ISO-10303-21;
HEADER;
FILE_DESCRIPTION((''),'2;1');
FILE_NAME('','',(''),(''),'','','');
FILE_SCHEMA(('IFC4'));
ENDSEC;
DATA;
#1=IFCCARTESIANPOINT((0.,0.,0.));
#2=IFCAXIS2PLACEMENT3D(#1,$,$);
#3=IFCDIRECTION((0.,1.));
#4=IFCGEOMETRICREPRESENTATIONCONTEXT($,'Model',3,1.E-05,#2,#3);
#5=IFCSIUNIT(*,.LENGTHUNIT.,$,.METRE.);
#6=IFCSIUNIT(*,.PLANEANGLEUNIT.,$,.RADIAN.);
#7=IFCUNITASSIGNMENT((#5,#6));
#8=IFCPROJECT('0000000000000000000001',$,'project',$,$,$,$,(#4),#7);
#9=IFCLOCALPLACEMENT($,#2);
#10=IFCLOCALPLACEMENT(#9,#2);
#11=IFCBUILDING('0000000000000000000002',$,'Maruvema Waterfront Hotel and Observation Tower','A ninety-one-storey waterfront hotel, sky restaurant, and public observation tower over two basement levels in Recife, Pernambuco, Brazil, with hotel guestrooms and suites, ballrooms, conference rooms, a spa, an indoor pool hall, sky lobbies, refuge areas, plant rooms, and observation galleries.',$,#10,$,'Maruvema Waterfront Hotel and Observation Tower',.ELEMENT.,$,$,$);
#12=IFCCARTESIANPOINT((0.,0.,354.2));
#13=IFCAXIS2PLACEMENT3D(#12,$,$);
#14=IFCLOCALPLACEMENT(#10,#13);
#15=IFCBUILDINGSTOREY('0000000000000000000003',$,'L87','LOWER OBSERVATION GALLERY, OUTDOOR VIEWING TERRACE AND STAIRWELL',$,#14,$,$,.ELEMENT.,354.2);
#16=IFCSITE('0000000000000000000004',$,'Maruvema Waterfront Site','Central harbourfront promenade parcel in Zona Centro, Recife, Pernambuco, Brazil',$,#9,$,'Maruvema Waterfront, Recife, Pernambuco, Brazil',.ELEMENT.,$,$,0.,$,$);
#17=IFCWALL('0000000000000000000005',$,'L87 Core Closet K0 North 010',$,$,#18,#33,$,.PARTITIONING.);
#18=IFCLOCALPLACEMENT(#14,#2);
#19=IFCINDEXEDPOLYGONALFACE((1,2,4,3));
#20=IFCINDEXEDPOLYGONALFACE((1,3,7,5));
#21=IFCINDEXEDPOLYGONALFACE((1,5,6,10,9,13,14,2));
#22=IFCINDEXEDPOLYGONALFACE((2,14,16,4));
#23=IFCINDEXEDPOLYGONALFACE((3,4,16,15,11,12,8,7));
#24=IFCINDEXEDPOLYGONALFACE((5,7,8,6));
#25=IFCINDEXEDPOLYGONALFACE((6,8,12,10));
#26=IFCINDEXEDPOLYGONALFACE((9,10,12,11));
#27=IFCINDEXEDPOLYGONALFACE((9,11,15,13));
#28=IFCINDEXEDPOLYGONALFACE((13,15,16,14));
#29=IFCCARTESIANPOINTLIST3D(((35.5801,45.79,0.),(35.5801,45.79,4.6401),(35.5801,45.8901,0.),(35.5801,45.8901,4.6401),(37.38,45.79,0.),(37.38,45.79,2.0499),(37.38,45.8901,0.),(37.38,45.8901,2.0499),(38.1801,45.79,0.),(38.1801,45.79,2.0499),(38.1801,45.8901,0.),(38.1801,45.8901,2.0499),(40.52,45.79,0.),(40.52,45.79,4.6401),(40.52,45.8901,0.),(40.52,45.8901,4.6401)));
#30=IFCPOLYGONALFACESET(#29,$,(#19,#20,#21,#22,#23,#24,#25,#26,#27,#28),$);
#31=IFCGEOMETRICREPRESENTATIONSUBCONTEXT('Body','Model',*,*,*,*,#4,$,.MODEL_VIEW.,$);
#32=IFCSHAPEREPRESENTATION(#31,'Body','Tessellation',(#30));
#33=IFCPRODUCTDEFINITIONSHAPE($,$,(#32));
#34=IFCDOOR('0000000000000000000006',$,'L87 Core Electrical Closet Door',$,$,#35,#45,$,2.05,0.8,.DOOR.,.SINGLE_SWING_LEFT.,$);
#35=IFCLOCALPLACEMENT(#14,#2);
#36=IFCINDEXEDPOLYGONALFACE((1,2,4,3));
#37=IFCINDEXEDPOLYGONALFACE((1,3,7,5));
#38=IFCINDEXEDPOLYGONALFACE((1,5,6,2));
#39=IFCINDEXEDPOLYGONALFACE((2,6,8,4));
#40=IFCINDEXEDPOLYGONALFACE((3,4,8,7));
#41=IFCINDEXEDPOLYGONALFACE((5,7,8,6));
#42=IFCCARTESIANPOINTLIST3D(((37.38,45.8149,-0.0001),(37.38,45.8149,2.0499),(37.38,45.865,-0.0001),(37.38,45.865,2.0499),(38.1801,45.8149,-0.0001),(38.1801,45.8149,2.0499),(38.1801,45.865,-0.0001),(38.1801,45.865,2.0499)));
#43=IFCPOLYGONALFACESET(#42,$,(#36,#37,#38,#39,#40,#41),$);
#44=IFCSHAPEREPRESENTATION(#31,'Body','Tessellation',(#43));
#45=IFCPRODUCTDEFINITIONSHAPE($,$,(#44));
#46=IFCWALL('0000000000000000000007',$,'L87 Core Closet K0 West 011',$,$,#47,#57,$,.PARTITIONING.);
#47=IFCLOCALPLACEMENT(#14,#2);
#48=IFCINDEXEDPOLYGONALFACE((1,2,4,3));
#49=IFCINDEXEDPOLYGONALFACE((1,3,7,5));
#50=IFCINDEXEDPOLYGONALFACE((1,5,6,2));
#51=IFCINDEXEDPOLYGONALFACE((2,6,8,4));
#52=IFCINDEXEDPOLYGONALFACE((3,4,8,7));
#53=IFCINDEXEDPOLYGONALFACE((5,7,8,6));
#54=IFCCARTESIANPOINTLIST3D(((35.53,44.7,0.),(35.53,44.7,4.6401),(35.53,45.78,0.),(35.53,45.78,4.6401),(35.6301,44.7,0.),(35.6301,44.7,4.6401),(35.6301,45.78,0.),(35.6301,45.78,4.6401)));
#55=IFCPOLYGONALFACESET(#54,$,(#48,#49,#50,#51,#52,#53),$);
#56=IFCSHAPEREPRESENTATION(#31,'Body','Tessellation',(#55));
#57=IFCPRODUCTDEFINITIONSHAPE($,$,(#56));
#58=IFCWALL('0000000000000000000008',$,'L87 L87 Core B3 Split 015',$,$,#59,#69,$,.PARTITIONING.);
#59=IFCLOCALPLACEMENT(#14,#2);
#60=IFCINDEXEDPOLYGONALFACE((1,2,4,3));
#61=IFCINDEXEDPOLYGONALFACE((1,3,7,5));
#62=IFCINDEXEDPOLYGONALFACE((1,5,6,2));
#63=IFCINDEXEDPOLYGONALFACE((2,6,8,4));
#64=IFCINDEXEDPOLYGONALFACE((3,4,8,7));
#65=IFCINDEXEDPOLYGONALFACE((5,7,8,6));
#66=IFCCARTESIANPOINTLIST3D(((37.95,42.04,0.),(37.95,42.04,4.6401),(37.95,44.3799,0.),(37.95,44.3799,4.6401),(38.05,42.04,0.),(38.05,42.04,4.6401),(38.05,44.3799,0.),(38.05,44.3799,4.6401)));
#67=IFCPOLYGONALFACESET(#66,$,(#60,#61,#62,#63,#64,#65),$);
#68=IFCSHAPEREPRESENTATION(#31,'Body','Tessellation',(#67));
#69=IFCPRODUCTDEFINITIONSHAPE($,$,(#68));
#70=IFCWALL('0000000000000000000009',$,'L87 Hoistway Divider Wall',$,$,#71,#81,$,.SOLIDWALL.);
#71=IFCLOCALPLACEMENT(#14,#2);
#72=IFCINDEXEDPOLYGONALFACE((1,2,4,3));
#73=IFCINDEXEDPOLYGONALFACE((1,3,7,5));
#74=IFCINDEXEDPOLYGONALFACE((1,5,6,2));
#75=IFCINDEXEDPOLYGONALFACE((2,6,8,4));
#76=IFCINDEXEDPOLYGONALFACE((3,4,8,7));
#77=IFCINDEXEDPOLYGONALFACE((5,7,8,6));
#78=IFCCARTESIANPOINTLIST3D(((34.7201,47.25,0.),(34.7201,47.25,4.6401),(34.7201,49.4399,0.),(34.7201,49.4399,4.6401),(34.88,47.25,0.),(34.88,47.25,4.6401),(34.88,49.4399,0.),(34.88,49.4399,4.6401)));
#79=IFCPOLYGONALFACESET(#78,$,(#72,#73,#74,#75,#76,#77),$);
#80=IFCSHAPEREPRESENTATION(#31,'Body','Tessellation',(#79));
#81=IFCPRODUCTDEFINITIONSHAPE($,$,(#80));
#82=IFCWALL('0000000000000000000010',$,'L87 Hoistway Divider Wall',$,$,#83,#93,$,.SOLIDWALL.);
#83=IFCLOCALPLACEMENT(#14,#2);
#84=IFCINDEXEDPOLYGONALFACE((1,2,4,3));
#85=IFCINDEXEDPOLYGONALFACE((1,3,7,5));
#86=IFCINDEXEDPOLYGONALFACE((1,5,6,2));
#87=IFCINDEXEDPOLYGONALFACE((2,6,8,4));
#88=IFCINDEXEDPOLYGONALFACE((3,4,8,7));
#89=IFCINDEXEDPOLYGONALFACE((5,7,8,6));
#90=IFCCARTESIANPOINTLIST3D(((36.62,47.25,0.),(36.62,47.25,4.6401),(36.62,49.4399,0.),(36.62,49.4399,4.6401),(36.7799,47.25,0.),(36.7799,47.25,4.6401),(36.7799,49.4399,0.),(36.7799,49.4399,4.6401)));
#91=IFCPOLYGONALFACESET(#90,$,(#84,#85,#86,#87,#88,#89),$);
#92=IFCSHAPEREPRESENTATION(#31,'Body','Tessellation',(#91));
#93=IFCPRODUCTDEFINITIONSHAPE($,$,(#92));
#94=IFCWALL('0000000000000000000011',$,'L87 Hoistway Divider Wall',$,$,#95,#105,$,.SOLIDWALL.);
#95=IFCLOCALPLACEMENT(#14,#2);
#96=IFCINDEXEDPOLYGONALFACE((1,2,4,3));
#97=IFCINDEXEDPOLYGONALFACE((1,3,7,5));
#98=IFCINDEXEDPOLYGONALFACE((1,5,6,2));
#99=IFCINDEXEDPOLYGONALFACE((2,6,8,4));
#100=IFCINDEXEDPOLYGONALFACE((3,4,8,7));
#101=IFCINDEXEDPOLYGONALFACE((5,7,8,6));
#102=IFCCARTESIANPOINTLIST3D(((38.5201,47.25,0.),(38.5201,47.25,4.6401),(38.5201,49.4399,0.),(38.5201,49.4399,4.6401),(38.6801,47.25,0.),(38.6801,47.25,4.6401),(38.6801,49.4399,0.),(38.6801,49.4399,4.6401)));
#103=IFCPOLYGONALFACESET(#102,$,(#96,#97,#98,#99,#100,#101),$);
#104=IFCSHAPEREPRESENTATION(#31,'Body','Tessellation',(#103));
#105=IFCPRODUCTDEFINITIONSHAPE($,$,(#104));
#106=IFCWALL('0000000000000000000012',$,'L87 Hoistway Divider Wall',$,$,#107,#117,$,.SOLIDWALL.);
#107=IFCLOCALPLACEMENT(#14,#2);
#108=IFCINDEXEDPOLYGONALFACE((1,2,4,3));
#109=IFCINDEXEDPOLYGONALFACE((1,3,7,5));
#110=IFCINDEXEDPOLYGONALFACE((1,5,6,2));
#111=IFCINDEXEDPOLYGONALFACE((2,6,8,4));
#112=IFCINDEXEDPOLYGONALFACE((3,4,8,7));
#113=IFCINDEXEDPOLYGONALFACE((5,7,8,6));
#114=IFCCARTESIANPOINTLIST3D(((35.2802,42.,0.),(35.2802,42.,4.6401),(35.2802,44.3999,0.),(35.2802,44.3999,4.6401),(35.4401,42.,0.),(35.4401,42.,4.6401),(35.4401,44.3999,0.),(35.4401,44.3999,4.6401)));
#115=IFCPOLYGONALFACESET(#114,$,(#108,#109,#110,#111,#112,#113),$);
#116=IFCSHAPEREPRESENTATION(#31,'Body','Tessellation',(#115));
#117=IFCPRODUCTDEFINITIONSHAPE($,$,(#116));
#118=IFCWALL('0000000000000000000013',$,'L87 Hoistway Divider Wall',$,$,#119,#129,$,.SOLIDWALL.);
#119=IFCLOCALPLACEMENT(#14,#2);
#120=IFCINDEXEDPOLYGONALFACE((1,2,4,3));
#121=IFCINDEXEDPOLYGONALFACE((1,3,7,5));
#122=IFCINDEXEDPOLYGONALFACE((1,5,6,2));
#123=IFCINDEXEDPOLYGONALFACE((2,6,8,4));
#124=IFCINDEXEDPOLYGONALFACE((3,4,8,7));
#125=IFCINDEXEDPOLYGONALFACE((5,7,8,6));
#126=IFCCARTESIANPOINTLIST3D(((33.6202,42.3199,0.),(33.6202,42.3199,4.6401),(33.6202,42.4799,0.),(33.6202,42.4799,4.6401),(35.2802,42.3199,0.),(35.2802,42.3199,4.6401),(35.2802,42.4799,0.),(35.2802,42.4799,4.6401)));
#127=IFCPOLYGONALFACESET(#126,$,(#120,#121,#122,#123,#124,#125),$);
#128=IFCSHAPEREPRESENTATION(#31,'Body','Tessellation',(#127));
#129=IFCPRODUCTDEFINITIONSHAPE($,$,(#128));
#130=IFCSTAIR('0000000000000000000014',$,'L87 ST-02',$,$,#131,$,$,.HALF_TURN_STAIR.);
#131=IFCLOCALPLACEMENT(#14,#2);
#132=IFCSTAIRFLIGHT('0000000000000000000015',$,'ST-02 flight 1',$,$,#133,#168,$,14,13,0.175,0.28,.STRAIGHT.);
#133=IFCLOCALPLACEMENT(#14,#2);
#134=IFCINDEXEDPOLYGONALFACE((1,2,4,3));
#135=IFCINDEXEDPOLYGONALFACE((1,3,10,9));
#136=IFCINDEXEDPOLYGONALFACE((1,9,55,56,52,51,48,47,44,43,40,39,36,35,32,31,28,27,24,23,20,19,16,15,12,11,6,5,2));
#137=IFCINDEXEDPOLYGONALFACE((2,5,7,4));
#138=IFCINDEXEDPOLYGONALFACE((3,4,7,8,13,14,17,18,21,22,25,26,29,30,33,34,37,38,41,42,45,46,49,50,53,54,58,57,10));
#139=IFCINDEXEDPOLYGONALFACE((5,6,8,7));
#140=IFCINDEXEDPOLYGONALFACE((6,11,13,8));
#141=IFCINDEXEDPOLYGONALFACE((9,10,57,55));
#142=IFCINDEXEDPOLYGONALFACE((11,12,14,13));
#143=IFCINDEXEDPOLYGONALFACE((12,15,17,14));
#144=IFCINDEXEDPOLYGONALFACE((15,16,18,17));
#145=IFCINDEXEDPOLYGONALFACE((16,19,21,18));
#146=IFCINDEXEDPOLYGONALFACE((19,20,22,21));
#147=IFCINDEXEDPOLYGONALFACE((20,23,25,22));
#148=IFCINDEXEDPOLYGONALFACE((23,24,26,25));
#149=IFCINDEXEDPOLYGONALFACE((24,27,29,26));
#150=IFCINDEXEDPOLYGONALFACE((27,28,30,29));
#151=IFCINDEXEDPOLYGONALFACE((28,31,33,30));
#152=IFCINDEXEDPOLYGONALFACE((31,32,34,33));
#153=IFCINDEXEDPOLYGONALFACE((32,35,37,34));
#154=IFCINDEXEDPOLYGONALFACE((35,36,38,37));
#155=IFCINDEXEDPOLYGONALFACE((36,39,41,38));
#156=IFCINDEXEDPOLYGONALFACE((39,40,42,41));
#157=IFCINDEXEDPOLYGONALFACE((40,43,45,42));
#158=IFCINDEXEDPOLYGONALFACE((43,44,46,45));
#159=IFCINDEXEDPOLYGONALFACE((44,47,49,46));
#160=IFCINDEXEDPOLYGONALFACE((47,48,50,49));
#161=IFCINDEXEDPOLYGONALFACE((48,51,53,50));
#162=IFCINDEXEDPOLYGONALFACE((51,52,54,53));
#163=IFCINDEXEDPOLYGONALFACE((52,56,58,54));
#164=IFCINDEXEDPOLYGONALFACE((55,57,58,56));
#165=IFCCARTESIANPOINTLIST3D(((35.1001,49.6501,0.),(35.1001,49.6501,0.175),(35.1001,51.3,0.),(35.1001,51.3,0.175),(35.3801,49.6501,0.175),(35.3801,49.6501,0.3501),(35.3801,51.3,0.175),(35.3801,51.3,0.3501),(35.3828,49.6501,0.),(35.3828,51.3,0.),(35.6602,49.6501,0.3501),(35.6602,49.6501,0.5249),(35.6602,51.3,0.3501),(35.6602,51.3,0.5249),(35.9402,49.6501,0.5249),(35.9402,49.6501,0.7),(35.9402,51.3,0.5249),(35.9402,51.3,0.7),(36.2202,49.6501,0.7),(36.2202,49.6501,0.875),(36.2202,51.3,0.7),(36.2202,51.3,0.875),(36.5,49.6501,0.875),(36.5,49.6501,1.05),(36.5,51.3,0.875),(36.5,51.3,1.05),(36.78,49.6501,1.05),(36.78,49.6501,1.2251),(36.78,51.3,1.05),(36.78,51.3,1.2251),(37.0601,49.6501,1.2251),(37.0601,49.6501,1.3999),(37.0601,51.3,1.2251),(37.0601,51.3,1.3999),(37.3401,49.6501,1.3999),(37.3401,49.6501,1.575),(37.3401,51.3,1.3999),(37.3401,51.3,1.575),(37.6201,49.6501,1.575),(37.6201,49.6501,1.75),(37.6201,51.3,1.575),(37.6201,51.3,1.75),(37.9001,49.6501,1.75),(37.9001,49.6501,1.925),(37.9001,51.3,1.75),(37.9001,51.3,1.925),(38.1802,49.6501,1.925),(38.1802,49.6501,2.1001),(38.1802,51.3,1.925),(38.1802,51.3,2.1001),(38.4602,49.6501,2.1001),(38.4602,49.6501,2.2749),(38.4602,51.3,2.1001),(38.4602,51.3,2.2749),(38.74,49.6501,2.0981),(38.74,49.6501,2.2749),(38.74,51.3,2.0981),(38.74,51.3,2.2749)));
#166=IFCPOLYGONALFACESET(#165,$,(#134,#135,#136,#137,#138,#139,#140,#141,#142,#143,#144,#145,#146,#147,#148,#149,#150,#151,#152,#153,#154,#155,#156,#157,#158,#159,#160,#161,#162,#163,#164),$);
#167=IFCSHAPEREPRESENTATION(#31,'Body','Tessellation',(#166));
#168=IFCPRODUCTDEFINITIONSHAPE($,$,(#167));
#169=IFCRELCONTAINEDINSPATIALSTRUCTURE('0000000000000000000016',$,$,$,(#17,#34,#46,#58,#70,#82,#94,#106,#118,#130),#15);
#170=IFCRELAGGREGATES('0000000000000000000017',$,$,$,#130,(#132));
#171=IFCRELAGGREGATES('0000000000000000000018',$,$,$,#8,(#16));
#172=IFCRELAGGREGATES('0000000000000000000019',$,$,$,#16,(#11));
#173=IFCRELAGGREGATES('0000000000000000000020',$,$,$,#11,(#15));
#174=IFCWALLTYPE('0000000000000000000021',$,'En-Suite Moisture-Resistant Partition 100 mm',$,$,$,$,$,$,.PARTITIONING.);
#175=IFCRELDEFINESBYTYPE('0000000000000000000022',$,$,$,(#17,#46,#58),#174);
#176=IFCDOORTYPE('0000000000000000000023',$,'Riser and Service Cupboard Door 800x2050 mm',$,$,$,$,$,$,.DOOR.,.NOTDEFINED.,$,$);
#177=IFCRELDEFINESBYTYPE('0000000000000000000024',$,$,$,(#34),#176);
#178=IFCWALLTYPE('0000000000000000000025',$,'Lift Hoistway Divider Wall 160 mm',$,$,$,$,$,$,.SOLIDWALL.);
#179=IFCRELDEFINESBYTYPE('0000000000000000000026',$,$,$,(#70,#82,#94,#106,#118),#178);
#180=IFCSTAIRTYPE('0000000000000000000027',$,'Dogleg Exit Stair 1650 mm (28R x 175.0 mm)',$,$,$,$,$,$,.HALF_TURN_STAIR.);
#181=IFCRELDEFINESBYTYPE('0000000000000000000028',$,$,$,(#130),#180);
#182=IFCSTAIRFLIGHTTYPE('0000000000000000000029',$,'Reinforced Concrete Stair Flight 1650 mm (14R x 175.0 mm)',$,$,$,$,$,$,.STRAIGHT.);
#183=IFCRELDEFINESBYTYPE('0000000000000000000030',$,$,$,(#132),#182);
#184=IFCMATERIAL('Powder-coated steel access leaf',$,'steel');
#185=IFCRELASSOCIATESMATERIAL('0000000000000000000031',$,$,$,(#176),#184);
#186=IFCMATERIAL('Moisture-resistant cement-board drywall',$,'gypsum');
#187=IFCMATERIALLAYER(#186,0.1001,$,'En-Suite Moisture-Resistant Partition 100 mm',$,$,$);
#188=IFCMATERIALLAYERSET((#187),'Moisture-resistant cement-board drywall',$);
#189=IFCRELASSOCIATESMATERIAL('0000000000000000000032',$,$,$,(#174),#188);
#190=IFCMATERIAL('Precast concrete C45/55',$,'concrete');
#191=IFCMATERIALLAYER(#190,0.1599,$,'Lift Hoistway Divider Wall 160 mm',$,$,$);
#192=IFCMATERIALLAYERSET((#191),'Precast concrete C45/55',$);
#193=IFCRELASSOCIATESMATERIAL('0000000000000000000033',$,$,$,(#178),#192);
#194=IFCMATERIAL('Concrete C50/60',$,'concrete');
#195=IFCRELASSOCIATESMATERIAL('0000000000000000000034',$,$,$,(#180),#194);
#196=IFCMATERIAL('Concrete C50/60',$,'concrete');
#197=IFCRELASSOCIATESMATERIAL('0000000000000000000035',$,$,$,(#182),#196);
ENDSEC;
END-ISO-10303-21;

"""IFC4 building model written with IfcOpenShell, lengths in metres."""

from ifc_helpers import new_model, si_unit, direction, frame, frame_2d, origin, place, context, subcontext, project, spatial, polyline, rectangle, outline, extrude, material, layer, layer_set, type_object, element, fill, aggregate, save


model = new_model("IFC4")

# Units and contexts
model_context = context("Model", 3, precision=1e-05, world=origin(), true_north=direction((0.0, 1.0)))
body_context = subcontext(model_context, "Body", "Model", "MODEL_VIEW")
ifc_project = project(units=[si_unit("LENGTHUNIT", "METRE"), si_unit("PLANEANGLEUNIT", "RADIAN")], contexts=[model_context])

# Site, building, storey
site_placement = place(None, origin())
site = spatial("IfcSite", under=ifc_project, at=site_placement, Name="Maruvema Waterfront Site", Description="Central harbourfront promenade parcel in Zona Centro, Recife, Pernambuco, Brazil", LongName="Maruvema Waterfront, Recife, Pernambuco, Brazil", CompositionType="ELEMENT", RefElevation=0.0)
building_placement = place(site_placement, origin())
building = spatial("IfcBuilding", under=site, at=building_placement, Name="Maruvema Waterfront Hotel and Observation Tower", Description="A ninety-one-storey waterfront hotel, sky restaurant, and public observation tower over two basement levels in Recife, Pernambuco, Brazil, with hotel guestrooms and suites, ballrooms, conference rooms, a spa, an indoor pool hall, sky lobbies, refuge areas, plant rooms, and observation galleries.", LongName="Maruvema Waterfront Hotel and Observation Tower", CompositionType="ELEMENT")
storey_placement = place(building_placement, frame((0.0, 0.0, 354.2)))
storey = spatial("IfcBuildingStorey", under=building, at=storey_placement, Name="L87", Description="LOWER OBSERVATION GALLERY, OUTDOOR VIEWING TERRACE AND STAIRWELL", CompositionType="ELEMENT", Elevation=354.2)

# Shared definitions
ifc_material_1 = material(Name="Powder-coated steel access leaf", Category="steel")
door_type_1 = type_object("IfcDoorType", Name="Riser and Service Cupboard Door 800x2050 mm", OperationType="NOTDEFINED", PredefinedType="DOOR", material=ifc_material_1)

# Wall, opening, door
ifc_material_2 = material(Name="Moisture-resistant cement-board drywall", Category="gypsum")
ifc_layer_1 = layer(ifc_material_2, 0.1001, Name="En-Suite Moisture-Resistant Partition 100 mm")
ifc_layer_set_1 = layer_set([ifc_layer_1], Name="Moisture-resistant cement-board drywall")
wall_type_1 = type_object("IfcWallType", Name="En-Suite Moisture-Resistant Partition 100 mm", PredefinedType="PARTITIONING", material=ifc_layer_set_1)
wall_1_placement = place(storey_placement, frame((35.5801, 45.8401, 0.0), z_axis=(0.0, 0.0, 1.0), x_axis=(1.0, 0.0, 0.0)))
wall_1 = element("IfcWall", 1, at=wall_1_placement, inside=storey, type_object=wall_type_1, Name="L87 Core Closet K0 North 010", PredefinedType="PARTITIONING", context=body_context, shape_type="SweptSolid", body=[
    extrude(rectangle(XDim=4.9399, YDim=0.1001, at=frame_2d((2.47, 0.0))), origin(), (0.0, 0.0, 1.0), 4.6401),
])
opening_1_placement = place(wall_1_placement, frame((1.8, 0.0, 0.0)))
opening_1 = element("IfcOpeningElement", 2, at=opening_1_placement, cuts=wall_1, PredefinedType="OPENING", context=body_context, shape_type="SweptSolid", body=[
    extrude(rectangle(XDim=0.8, YDim=2.05, at=frame_2d((0.3999, 1.0249))), frame((0.0, 0.0601, 0.0), z_axis=(0.0, -1.0, 0.0), x_axis=(1.0, 0.0, 0.0)), (0.0, 0.0, 1.0), 0.1201),
])
door_1_placement = place(opening_1_placement, origin())
door_1 = element("IfcDoor", 3, at=door_1_placement, inside=storey, type_object=door_type_1, Name="L87 Core Electrical Closet Door", OperationType="SINGLE_SWING_LEFT", OverallHeight=2.05, OverallWidth=0.8, PredefinedType="DOOR", context=body_context, shape_type="SweptSolid", body=[
    extrude(rectangle(XDim=0.8, YDim=2.05, at=frame_2d((0.3999, 1.0249))), frame((0.0, 0.0249, 0.0), z_axis=(0.0, -1.0, 0.0), x_axis=(1.0, 0.0, 0.0)), (0.0, 0.0, 1.0), 0.05),
])
fill(opening_1, door_1)

# Walls
wall_2_placement = place(storey_placement, frame((35.5801, 44.7, 0.0), z_axis=(0.0, 0.0, 1.0), x_axis=(0.0, 1.0, 0.0)))
element("IfcWall", 4, at=wall_2_placement, inside=storey, type_object=wall_type_1, Name="L87 Core Closet K0 West 011", PredefinedType="PARTITIONING", context=body_context, shape_type="SweptSolid", body=[
    extrude(rectangle(XDim=1.0801, YDim=0.1001, at=frame_2d((0.54, 0.0))), origin(), (0.0, 0.0, 1.0), 4.6401),
])
wall_3_placement = place(storey_placement, frame((38.0, 42.04, 0.0), z_axis=(0.0, 0.0, 1.0), x_axis=(0.0, 1.0, 0.0)))
element("IfcWall", 5, at=wall_3_placement, inside=storey, type_object=wall_type_1, Name="L87 L87 Core B3 Split 015", PredefinedType="PARTITIONING", context=body_context, shape_type="SweptSolid", body=[
    extrude(rectangle(XDim=2.3398, YDim=0.1001, at=frame_2d((1.1699, 0.0))), origin(), (0.0, 0.0, 1.0), 4.6401),
])
ifc_material_3 = material(Name="Precast concrete C45/55", Category="concrete")
ifc_layer_2 = layer(ifc_material_3, 0.1599, Name="Lift Hoistway Divider Wall 160 mm")
ifc_layer_set_2 = layer_set([ifc_layer_2], Name="Precast concrete C45/55")
wall_type_2 = type_object("IfcWallType", Name="Lift Hoistway Divider Wall 160 mm", PredefinedType="SOLIDWALL", material=ifc_layer_set_2)
for number, where, z_axis, x_axis, name in (
    (6, (34.8, 47.25, 0.0), (0.0, 0.0, 1.0), (0.0, 1.0, 0.0), "L87 Hoistway Divider Wall"),
    (7, (36.7, 47.25, 0.0), (0.0, 0.0, 1.0), (0.0, 1.0, 0.0), "L87 Hoistway Divider Wall"),
    (8, (38.6001, 47.25, 0.0), (0.0, 0.0, 1.0), (0.0, 1.0, 0.0), "L87 Hoistway Divider Wall"),
):
    element("IfcWall", number, at=place(storey_placement, frame(where, z_axis=z_axis, x_axis=x_axis)), inside=storey, type_object=wall_type_2, Name=name, PredefinedType="SOLIDWALL", context=body_context, shape_type="SweptSolid", body=[
        extrude(rectangle(XDim=2.1899, YDim=0.1599, at=frame_2d((1.095, 0.0))), origin(), (0.0, 0.0, 1.0), 4.6401),
    ])
wall_4_placement = place(storey_placement, frame((35.3601, 42.0, 0.0), z_axis=(0.0, 0.0, 1.0), x_axis=(0.0, 1.0, 0.0)))
element("IfcWall", 9, at=wall_4_placement, inside=storey, type_object=wall_type_2, Name="L87 Hoistway Divider Wall", PredefinedType="SOLIDWALL", context=body_context, shape_type="SweptSolid", body=[
    extrude(rectangle(XDim=2.3999, YDim=0.1599, at=frame_2d((1.2, 0.0))), origin(), (0.0, 0.0, 1.0), 4.6401),
])
wall_5_placement = place(storey_placement, frame((33.6201, 42.3999, 0.0), z_axis=(0.0, 0.0, 1.0), x_axis=(1.0, 0.0, 0.0)))
element("IfcWall", 10, at=wall_5_placement, inside=storey, type_object=wall_type_2, Name="L87 Hoistway Divider Wall", PredefinedType="SOLIDWALL", context=body_context, shape_type="SweptSolid", body=[
    extrude(rectangle(XDim=1.6599, YDim=0.1599, at=frame_2d((0.8301, 0.0))), origin(), (0.0, 0.0, 1.0), 4.6401),
])

# Stair, stair flight
ifc_material_4 = material(Name="Concrete C50/60", Category="concrete")
stair_type = type_object("IfcStairType", Name="Dogleg Exit Stair 1650 mm (28R x 175.0 mm)", PredefinedType="HALF_TURN_STAIR", material=ifc_material_4)
stair_placement = place(storey_placement, origin())
stair = element("IfcStair", 11, at=stair_placement, inside=storey, type_object=stair_type, Name="L87 ST-02", PredefinedType="HALF_TURN_STAIR")
ifc_material_5 = material(Name="Concrete C50/60", Category="concrete")
stair_flight_type = type_object("IfcStairFlightType", Name="Reinforced Concrete Stair Flight 1650 mm (14R x 175.0 mm)", PredefinedType="STRAIGHT", material=ifc_material_5)
stair_flight_placement = place(storey_placement, frame((35.1001, 50.4751, 0.0), z_axis=(0.0, 0.0, 1.0), x_axis=(1.0, 0.0, 0.0)))
stair_flight = element("IfcStairFlight", 12, at=stair_flight_placement, type_object=stair_flight_type, Name="ST-02 flight 1", NumberOfRisers=14, NumberOfTreads=13, PredefinedType="STRAIGHT", RiserHeight=0.175, TreadLength=0.28, context=body_context, shape_type="SweptSolid", body=[
    extrude(outline(polyline([(0.0, 0.0), (0.0, 0.175), (0.28, 0.175), (0.28, 0.3501), (0.5601, 0.3501), (0.5601, 0.5249), (0.8401, 0.5249), (0.8401, 0.7), (1.1201, 0.7), (1.1201, 0.875), (1.3999, 0.875), (1.3999, 1.05), (1.6799, 1.05), (1.6799, 1.2251), (1.96, 1.2251), (1.96, 1.3999), (2.24, 1.3999), (2.24, 1.575), (2.52, 1.575), (2.52, 1.75), (2.8, 1.75), (2.8, 1.925), (3.0801, 1.925), (3.0801, 2.1001), (3.3601, 2.1001), (3.3601, 2.2749), (3.6399, 2.2749), (3.6399, 2.45), (3.6399, 2.0981), (0.2827, 0.0), (0.0, 0.0)])), frame((0.0, 0.825, 0.0), z_axis=(0.0, -1.0, 0.0), x_axis=(1.0, 0.0, 0.0)), (0.0, 0.0, 1.0), 1.6499),
])
aggregate(stair, [stair_flight])

save(model, "model.ifc")
